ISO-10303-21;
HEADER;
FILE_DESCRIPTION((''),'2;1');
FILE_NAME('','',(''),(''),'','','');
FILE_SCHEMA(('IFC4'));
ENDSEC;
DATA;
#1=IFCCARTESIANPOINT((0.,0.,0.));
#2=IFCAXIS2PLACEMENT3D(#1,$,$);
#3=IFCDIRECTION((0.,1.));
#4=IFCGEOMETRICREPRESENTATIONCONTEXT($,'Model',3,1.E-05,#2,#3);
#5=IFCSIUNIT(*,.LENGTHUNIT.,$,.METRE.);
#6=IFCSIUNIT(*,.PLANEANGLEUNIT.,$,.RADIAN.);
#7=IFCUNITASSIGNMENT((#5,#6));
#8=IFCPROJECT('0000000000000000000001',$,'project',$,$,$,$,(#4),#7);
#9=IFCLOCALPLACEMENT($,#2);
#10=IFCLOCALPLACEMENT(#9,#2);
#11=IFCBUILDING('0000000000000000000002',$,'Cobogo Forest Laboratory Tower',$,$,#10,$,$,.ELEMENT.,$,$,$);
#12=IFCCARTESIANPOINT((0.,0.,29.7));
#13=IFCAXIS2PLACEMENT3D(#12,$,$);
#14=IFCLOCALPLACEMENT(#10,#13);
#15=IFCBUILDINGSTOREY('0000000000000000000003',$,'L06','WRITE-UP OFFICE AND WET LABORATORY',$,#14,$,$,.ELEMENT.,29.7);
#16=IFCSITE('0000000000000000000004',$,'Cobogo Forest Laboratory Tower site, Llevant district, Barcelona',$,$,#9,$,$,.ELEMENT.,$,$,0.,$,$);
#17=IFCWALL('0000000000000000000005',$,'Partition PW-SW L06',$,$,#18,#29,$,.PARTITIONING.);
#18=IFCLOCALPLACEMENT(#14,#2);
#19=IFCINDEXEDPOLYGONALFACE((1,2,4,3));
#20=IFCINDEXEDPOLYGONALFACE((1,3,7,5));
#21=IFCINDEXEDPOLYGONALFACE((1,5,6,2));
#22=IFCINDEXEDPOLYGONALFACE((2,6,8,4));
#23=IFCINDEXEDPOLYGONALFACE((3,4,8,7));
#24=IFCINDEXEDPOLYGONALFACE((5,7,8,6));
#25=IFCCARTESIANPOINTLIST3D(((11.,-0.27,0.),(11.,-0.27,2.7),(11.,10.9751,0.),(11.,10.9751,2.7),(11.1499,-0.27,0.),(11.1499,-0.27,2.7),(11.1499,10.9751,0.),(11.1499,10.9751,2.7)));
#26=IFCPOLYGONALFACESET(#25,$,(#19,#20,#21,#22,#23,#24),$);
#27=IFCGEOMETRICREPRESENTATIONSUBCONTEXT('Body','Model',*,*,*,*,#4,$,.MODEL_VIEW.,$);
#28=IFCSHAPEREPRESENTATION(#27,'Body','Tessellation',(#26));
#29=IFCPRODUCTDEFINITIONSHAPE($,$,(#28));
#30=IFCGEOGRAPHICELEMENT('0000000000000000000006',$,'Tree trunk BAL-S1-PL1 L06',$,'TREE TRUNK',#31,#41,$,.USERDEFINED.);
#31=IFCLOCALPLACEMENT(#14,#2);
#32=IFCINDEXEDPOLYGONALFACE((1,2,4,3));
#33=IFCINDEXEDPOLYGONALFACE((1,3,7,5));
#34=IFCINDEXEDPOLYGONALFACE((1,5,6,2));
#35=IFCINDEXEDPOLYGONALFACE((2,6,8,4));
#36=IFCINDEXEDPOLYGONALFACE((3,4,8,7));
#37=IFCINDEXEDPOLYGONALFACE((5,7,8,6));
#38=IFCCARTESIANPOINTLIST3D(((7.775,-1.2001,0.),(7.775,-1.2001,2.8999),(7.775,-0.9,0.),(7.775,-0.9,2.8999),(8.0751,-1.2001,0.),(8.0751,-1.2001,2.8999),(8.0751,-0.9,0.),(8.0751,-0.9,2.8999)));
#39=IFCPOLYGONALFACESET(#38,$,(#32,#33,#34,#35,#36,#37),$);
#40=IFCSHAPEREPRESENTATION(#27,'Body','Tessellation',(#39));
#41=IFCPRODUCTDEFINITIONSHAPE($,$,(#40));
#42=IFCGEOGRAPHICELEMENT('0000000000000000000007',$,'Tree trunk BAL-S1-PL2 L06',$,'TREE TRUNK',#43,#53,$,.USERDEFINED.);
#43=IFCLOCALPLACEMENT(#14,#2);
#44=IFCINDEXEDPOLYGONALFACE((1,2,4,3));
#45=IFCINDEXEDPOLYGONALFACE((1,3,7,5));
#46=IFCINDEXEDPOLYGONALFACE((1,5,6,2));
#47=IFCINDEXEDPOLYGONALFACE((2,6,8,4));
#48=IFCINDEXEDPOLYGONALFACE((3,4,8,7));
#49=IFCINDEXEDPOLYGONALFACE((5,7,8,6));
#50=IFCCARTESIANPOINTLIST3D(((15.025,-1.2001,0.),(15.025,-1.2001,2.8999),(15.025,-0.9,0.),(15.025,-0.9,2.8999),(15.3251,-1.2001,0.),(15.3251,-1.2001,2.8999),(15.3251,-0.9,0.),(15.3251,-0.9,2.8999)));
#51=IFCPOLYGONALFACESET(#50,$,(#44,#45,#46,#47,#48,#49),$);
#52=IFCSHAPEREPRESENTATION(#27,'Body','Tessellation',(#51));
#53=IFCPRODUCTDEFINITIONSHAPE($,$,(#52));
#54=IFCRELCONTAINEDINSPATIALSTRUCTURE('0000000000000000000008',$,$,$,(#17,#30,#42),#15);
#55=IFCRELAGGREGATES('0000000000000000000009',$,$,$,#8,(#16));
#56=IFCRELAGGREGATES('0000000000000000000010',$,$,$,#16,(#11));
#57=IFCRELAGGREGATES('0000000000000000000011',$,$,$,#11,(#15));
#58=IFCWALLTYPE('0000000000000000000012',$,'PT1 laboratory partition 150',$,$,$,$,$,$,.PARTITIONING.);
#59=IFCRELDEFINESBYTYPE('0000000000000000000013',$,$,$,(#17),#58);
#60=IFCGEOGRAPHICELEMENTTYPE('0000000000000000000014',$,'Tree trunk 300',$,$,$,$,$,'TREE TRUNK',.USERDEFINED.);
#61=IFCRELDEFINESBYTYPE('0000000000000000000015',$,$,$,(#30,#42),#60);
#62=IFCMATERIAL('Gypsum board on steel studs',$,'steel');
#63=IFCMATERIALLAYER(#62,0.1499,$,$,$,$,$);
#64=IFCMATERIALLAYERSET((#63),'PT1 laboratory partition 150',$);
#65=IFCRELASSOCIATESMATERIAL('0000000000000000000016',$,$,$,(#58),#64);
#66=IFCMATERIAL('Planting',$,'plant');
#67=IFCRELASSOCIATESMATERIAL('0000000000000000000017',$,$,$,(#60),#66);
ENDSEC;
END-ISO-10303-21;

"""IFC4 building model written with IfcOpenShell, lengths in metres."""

from ifc_helpers import new_model, si_unit, direction, frame, frame_2d, origin, origin_2d, place, context, subcontext, project, spatial, rectangle, extrude, material, layer, layer_set, type_object, element, save


model = new_model("IFC4")

# Units and contexts
model_context = context("Model", 3, precision=1e-05, world=origin(), true_north=direction((0.0, 1.0)))
body_context = subcontext(model_context, "Body", "Model", "MODEL_VIEW")
ifc_project = project(units=[si_unit("LENGTHUNIT", "METRE"), si_unit("PLANEANGLEUNIT", "RADIAN")], contexts=[model_context])

# Site, building, storey
site_placement = place(None, origin())
site = spatial("IfcSite", under=ifc_project, at=site_placement, Name="Cobogo Forest Laboratory Tower site, Llevant district, Barcelona", CompositionType="ELEMENT", RefElevation=0.0)
building_placement = place(site_placement, origin())
building = spatial("IfcBuilding", under=site, at=building_placement, Name="Cobogo Forest Laboratory Tower", CompositionType="ELEMENT")
storey_placement = place(building_placement, frame((0.0, 0.0, 29.7)))
storey = spatial("IfcBuildingStorey", under=building, at=storey_placement, Name="L06", Description="WRITE-UP OFFICE AND WET LABORATORY", CompositionType="ELEMENT", Elevation=29.7)

# Wall
ifc_material_1 = material(Name="Gypsum board on steel studs", Category="steel")
ifc_layer_1 = layer(ifc_material_1, 0.1499)
ifc_layer_set_1 = layer_set([ifc_layer_1], Name="PT1 laboratory partition 150")
wall_type_1 = type_object("IfcWallType", Name="PT1 laboratory partition 150", PredefinedType="PARTITIONING", material=ifc_layer_set_1)
wall_1_placement = place(storey_placement, frame((11.075, -0.27, 0.0), z_axis=(0.0, 0.0, 1.0), x_axis=(0.0, 1.0, 0.0)))
element("IfcWall", 1, at=wall_1_placement, inside=storey, type_object=wall_type_1, Name="Partition PW-SW L06", PredefinedType="PARTITIONING", context=body_context, shape_type="SweptSolid", body=[
    extrude(rectangle(XDim=11.2451, YDim=0.1499, at=frame_2d((5.6226, 0.0))), origin(), (0.0, 0.0, 1.0), 2.7),
])

# Geographic elements
ifc_material_2 = material(Name="Planting", Category="plant")
geographic_element_type = type_object("IfcGeographicElementType", Name="Tree trunk 300", ElementType="TREE TRUNK", PredefinedType="USERDEFINED", material=ifc_material_2)
for number, where, z_axis, x_axis, name in (
    (2, (7.925, -1.05, 0.0), (0.0, 0.0, 1.0), (1.0, 0.0, 0.0), "Tree trunk BAL-S1-PL1 L06"),
    (3, (15.175, -1.05, 0.0), (0.0, 0.0, 1.0), (1.0, 0.0, 0.0), "Tree trunk BAL-S1-PL2 L06"),
):
    element("IfcGeographicElement", number, at=place(storey_placement, frame(where, z_axis=z_axis, x_axis=x_axis)), inside=storey, type_object=geographic_element_type, Name=name, ObjectType="TREE TRUNK", PredefinedType="USERDEFINED", context=body_context, shape_type="SweptSolid", body=[
        extrude(rectangle(XDim=0.3, YDim=0.3, at=origin_2d()), origin(), (0.0, 0.0, 1.0), 2.8999),
    ])

save(model, "model.ifc")
